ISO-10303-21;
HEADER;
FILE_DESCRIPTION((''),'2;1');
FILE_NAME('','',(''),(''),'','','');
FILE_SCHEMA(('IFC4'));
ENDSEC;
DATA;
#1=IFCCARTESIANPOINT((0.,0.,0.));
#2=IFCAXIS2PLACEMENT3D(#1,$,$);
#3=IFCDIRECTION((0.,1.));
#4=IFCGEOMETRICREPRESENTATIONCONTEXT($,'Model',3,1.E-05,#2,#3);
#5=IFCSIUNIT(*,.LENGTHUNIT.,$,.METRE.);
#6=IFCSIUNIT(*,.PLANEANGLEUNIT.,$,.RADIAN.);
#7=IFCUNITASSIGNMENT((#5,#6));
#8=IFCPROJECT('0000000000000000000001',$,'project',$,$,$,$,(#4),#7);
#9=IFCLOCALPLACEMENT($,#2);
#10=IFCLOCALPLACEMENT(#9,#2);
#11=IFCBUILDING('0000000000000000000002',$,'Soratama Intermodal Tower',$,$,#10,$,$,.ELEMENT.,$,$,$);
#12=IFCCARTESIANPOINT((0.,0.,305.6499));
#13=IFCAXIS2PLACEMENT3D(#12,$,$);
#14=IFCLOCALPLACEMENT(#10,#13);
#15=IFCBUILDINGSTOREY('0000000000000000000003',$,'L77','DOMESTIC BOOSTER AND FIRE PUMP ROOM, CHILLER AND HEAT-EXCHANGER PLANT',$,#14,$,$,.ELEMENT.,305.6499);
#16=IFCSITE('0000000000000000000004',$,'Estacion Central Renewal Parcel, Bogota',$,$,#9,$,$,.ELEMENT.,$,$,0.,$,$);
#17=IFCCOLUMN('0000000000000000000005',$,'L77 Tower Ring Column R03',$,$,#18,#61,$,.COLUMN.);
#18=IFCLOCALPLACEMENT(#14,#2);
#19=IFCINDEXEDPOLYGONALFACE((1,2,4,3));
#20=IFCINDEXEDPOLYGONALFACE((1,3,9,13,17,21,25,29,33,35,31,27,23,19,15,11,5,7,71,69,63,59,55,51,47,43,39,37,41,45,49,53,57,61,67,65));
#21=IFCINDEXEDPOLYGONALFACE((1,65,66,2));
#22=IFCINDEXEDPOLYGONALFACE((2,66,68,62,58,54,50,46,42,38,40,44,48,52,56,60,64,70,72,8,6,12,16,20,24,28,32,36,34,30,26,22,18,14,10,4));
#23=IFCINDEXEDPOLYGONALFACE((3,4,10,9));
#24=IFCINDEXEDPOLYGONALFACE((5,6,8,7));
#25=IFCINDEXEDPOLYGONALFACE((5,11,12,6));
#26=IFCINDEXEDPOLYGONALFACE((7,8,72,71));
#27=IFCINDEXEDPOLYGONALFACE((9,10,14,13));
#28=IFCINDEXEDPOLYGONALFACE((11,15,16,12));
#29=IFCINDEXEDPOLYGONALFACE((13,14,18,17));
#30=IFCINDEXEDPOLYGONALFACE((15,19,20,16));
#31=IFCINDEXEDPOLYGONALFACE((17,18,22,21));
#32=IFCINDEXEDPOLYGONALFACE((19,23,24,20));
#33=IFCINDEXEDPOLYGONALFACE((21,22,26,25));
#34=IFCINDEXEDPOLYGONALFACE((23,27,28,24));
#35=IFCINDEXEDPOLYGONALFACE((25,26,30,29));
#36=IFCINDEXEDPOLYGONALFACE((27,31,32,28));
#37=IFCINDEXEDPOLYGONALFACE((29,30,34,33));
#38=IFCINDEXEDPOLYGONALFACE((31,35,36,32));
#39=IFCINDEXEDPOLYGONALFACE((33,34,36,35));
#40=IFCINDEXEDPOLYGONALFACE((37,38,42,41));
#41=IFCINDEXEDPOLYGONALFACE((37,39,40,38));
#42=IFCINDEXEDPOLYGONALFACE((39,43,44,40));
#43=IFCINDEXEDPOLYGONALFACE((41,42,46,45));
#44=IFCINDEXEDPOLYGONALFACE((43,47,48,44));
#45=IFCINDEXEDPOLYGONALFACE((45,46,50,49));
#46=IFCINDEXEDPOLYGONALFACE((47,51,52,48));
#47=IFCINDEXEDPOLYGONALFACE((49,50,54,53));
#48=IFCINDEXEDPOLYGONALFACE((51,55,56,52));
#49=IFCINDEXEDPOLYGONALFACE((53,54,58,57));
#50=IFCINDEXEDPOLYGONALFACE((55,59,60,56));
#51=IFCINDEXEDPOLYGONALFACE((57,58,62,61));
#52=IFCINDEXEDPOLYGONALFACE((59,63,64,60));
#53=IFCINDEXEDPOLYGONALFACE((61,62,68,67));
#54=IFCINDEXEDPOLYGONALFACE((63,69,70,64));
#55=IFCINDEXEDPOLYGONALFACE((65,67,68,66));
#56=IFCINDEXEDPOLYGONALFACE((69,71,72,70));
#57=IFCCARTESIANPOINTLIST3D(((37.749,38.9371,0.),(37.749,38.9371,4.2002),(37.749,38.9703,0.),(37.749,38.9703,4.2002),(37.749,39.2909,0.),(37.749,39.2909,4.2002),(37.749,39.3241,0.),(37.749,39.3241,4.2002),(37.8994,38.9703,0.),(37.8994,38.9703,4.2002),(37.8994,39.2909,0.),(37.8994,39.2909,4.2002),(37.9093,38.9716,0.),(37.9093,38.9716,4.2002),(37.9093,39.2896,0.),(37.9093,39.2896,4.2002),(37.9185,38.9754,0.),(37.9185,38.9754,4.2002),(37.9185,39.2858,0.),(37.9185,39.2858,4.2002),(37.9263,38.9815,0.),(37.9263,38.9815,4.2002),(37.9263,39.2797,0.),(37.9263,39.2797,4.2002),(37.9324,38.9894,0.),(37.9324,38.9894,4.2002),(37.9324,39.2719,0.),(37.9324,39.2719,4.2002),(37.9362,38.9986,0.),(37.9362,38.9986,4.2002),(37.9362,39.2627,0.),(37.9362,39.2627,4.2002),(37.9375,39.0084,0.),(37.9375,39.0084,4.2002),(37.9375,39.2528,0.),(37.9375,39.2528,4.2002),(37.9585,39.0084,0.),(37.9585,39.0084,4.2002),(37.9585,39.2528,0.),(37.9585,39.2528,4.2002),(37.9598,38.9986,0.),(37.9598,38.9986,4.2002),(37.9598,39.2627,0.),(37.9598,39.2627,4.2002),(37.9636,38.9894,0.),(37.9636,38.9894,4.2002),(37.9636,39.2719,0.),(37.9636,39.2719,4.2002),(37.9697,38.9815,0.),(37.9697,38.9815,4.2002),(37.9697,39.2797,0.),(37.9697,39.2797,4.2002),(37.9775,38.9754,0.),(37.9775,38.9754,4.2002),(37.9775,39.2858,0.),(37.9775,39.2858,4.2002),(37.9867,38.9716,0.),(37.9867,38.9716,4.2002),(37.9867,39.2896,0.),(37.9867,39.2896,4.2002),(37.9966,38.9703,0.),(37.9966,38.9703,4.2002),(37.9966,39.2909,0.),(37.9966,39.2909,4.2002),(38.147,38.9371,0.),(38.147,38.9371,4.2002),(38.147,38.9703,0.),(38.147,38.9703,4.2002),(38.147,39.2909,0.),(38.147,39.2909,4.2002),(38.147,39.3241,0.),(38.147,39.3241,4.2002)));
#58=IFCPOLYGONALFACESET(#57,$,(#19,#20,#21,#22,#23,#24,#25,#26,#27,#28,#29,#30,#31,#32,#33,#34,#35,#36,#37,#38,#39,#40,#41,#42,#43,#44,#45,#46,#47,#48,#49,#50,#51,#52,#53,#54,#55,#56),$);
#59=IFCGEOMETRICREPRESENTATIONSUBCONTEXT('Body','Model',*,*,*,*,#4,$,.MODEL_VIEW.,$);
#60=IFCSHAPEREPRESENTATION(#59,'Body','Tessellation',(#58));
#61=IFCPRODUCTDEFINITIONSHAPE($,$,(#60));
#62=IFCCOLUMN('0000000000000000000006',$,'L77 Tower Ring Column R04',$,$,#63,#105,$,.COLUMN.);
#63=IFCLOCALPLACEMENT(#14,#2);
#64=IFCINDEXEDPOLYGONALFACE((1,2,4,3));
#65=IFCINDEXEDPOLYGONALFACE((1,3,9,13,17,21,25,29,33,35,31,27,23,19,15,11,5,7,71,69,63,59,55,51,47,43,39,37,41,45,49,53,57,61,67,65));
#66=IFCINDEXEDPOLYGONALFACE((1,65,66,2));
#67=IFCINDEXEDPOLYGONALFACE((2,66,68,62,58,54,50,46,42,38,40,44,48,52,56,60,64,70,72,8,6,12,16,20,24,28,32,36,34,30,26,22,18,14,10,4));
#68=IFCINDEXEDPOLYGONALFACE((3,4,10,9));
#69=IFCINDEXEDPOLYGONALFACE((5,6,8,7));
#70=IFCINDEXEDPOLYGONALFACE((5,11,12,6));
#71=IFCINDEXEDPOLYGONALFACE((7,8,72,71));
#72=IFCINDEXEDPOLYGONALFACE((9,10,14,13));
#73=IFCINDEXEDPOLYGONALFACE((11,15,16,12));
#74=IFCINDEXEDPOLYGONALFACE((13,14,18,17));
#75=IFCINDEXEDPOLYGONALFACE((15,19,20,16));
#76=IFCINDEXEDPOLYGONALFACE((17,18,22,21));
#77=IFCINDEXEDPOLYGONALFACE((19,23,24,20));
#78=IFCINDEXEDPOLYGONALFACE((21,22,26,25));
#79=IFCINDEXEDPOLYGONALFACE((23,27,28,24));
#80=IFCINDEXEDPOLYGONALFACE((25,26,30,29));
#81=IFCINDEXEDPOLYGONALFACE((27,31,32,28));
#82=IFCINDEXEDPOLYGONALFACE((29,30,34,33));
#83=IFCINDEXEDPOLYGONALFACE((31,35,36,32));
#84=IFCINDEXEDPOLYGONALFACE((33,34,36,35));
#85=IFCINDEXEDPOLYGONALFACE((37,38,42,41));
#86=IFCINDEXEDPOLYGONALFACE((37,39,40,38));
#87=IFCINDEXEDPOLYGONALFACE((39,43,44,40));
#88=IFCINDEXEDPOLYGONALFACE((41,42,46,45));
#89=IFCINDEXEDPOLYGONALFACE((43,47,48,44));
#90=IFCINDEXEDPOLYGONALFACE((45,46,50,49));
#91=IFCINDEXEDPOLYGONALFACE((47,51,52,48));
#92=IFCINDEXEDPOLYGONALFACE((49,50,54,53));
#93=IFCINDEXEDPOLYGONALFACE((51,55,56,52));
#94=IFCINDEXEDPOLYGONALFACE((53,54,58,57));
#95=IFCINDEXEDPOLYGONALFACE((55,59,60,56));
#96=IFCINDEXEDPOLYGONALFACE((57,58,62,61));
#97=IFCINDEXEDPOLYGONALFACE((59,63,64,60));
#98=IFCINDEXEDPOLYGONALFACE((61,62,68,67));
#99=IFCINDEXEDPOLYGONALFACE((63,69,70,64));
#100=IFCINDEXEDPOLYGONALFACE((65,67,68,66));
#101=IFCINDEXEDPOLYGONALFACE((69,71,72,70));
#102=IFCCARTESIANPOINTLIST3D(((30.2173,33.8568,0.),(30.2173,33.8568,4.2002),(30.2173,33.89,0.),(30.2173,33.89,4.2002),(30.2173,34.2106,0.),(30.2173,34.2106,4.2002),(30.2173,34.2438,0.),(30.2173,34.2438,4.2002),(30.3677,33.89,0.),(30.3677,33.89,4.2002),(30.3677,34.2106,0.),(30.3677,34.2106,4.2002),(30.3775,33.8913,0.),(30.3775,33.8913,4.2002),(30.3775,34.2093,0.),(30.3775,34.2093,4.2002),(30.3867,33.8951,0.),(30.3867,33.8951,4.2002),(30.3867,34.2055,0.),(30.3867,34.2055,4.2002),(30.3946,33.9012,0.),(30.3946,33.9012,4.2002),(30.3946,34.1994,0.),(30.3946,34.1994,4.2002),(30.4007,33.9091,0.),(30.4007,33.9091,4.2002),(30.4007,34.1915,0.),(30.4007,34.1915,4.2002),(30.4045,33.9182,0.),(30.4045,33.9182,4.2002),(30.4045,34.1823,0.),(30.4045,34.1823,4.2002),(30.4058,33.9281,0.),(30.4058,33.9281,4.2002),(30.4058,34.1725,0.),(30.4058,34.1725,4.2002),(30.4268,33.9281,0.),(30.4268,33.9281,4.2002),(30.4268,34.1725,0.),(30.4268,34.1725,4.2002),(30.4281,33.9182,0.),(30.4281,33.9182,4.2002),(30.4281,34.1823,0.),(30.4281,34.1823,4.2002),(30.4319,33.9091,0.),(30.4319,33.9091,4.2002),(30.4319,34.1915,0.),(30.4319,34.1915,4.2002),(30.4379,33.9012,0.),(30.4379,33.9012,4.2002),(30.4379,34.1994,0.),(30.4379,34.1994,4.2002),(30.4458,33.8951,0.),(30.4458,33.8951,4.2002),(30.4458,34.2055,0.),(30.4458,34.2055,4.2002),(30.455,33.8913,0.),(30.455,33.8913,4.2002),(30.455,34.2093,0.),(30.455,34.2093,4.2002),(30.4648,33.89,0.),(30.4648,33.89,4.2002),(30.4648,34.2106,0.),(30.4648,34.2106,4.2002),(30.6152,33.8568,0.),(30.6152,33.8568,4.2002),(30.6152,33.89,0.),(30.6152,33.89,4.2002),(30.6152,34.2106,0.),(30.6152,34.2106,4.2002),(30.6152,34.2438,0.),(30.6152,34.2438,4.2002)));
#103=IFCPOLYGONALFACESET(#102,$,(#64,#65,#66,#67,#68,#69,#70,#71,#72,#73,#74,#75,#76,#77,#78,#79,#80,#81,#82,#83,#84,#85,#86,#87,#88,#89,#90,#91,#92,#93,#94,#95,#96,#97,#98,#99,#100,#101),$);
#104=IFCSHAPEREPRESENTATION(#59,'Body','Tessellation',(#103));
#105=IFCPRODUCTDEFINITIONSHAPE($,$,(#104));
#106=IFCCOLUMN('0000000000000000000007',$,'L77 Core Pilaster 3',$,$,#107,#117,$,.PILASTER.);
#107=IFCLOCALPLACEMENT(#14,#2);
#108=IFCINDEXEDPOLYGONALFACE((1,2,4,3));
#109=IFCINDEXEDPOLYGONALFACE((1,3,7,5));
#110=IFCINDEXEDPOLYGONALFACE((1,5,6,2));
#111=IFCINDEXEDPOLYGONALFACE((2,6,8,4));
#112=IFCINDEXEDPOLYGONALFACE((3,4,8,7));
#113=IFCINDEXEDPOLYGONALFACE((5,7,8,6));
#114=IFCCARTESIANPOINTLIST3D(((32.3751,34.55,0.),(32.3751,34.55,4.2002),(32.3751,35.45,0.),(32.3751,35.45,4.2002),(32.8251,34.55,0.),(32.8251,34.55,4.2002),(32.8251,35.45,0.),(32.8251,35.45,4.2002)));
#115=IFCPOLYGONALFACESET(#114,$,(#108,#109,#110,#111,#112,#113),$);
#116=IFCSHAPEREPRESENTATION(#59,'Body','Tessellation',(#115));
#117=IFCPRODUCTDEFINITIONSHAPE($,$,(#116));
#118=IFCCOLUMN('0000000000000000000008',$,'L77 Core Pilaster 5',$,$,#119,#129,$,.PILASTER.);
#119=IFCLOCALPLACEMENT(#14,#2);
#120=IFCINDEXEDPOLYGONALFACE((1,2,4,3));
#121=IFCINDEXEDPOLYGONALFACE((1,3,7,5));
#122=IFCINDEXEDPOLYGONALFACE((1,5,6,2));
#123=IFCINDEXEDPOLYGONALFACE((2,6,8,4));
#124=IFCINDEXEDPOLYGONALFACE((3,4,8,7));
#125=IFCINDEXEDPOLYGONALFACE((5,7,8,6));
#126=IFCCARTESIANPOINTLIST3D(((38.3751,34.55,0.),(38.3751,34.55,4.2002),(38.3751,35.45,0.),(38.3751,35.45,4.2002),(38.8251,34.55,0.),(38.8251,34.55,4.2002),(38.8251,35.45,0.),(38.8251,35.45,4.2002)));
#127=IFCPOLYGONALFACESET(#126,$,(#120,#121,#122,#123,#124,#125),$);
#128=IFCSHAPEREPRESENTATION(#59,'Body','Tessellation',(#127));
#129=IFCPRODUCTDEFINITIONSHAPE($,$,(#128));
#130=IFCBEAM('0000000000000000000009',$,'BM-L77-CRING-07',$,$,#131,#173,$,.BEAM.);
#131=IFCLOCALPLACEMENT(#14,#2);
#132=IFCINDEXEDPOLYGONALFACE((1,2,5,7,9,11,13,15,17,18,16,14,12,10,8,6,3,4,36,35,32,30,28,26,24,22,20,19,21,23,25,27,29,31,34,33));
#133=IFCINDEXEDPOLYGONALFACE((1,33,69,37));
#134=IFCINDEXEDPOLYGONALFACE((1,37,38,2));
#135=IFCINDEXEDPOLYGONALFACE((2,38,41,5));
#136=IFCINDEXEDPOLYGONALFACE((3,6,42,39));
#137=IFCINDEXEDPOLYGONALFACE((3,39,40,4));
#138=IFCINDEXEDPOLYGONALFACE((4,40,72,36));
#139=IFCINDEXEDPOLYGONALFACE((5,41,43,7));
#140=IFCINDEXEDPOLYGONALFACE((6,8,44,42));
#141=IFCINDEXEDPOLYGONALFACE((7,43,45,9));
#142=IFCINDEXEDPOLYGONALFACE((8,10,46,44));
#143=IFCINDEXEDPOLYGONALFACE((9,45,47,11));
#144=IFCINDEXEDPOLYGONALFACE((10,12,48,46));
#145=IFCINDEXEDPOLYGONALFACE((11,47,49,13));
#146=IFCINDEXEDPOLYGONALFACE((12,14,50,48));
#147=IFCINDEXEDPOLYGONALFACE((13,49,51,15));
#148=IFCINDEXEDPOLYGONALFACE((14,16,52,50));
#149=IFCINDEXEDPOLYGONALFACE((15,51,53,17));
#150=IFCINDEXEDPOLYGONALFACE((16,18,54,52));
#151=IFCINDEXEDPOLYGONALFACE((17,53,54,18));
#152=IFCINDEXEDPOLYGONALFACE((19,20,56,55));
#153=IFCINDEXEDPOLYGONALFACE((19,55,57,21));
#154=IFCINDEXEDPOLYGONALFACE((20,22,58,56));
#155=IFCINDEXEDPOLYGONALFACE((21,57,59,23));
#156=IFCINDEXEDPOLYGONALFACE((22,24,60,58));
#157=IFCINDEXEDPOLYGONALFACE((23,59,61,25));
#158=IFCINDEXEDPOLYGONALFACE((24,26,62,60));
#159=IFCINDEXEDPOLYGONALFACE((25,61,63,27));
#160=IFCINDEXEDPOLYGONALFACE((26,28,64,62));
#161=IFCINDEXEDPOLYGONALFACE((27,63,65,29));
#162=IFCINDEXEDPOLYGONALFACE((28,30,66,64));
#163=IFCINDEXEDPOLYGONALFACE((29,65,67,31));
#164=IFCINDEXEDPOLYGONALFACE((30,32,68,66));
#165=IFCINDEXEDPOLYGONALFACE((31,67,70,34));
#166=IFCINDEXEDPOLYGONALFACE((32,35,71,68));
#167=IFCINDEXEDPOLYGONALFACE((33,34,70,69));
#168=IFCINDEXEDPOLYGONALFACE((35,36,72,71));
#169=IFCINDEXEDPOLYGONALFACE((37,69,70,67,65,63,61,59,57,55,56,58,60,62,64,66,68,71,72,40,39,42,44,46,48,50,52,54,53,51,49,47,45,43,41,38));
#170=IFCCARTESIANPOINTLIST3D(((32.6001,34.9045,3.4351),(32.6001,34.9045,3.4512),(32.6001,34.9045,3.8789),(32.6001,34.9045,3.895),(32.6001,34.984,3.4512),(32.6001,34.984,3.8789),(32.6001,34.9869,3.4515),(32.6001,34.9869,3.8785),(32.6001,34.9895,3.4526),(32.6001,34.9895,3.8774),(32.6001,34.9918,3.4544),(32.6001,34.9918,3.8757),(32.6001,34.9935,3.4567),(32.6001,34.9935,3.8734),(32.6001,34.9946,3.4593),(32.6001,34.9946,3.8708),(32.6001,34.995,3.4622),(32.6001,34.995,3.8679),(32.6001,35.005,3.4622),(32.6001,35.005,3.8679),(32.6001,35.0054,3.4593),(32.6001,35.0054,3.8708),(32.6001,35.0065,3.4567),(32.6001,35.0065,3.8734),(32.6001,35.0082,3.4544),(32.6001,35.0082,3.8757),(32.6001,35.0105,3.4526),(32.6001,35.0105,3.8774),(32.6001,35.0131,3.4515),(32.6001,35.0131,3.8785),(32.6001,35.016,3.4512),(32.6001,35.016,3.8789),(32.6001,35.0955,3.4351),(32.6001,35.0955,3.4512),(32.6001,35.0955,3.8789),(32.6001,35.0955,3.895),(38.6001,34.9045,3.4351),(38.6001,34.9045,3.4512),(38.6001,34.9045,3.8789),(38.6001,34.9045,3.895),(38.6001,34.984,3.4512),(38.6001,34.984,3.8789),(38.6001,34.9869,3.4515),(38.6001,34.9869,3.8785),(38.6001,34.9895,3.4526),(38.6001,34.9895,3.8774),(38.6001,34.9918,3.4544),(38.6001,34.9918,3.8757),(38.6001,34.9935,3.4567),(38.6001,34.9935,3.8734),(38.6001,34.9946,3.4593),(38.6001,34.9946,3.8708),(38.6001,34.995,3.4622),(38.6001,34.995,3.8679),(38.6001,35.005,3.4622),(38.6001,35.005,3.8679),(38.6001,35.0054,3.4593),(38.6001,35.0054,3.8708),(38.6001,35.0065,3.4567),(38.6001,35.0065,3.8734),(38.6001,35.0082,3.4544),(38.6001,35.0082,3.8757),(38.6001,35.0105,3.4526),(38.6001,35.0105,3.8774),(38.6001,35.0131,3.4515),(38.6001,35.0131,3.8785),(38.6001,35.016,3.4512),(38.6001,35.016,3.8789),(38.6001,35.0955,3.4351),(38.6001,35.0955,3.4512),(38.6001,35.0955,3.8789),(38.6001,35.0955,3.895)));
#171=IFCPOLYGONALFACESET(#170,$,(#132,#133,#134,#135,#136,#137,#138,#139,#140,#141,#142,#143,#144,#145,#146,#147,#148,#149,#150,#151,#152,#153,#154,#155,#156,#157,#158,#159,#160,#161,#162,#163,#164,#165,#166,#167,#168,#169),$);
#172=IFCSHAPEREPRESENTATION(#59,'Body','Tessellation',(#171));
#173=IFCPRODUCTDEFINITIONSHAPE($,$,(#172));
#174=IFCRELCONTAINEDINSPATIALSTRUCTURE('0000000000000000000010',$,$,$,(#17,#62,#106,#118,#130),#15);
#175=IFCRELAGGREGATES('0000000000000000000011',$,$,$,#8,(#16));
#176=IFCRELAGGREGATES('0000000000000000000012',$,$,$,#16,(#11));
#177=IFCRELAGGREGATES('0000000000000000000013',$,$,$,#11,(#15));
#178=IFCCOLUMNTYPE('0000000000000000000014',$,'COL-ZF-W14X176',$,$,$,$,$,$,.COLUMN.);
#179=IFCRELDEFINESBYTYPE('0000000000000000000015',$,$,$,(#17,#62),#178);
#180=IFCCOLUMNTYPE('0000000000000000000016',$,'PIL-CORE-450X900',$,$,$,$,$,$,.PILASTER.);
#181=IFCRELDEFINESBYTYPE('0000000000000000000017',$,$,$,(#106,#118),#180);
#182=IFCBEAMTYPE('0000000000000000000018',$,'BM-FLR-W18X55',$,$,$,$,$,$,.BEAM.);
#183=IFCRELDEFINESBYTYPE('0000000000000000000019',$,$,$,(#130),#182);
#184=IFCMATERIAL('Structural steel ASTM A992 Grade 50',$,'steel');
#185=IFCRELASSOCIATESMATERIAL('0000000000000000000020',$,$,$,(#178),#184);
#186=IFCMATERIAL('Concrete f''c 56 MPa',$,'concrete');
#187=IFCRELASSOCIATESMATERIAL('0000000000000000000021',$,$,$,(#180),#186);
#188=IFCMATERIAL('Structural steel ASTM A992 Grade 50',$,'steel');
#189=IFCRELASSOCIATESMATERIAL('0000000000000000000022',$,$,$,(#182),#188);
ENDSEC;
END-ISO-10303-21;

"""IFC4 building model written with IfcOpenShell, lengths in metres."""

from ifc_helpers import new_model, si_unit, direction, frame, origin, origin_2d, place, context, subcontext, project, spatial, rectangle, i_section, extrude, material, material_profile, profile_set, type_object, element, save


model = new_model("IFC4")

# Units and contexts
model_context = context("Model", 3, precision=1e-05, world=origin(), true_north=direction((0.0, 1.0)))
body_context = subcontext(model_context, "Body", "Model", "MODEL_VIEW")
ifc_project = project(units=[si_unit("LENGTHUNIT", "METRE"), si_unit("PLANEANGLEUNIT", "RADIAN")], contexts=[model_context])

# Site, building, storey
site_placement = place(None, origin())
site = spatial("IfcSite", under=ifc_project, at=site_placement, Name="Estacion Central Renewal Parcel, Bogota", CompositionType="ELEMENT", RefElevation=0.0)
building_placement = place(site_placement, origin())
building = spatial("IfcBuilding", under=site, at=building_placement, Name="Soratama Intermodal Tower", CompositionType="ELEMENT")
storey_placement = place(building_placement, frame((0.0, 0.0, 305.6499)))
storey = spatial("IfcBuildingStorey", under=building, at=storey_placement, Name="L77", Description="DOMESTIC BOOSTER AND FIRE PUMP ROOM, CHILLER AND HEAT-EXCHANGER PLANT", CompositionType="ELEMENT", Elevation=305.6499)

# Columns
ifc_material_1 = material(Name="Structural steel ASTM A992 Grade 50", Category="steel")
ifc_material_profile_1 = material_profile(ifc_material_1, i_section(OverallWidth=0.3979, OverallDepth=0.387, WebThickness=0.021, FlangeThickness=0.0332, FilletRadius=0.0381, at=origin_2d()), Name="W14X176")
ifc_profile_set_1 = profile_set([ifc_material_profile_1], Name="Structural steel ASTM A992 Grade 50")
column_type_1 = type_object("IfcColumnType", Name="COL-ZF-W14X176", PredefinedType="COLUMN", material=ifc_profile_set_1)
for number, where, z_axis, x_axis, name in (
    (1, (37.948, 39.1306, 0.0), (0.0, 0.0, 1.0), (1.0, 0.0, 0.0), "L77 Tower Ring Column R03"),
    (2, (30.4163, 34.0503, 0.0), (0.0, 0.0, 1.0), (1.0, 0.0, 0.0), "L77 Tower Ring Column R04"),
):
    element("IfcColumn", number, at=place(storey_placement, frame(where, z_axis=z_axis, x_axis=x_axis)), inside=storey, type_object=column_type_1, Name=name, PredefinedType="COLUMN", context=body_context, shape_type="SweptSolid", body=[
        extrude(i_section(OverallWidth=0.3979, OverallDepth=0.387, WebThickness=0.021, FlangeThickness=0.0332, FilletRadius=0.0381, at=origin_2d()), origin(), (0.0, 0.0, 1.0), 4.2002),
    ])
ifc_material_2 = material(Name="Concrete f'c 56 MPa", Category="concrete")
ifc_material_profile_2 = material_profile(ifc_material_2, rectangle(XDim=0.45, YDim=0.8999, at=origin_2d()), Name="RC450X900")
ifc_profile_set_2 = profile_set([ifc_material_profile_2], Name="Concrete f'c 56 MPa")
column_type_2 = type_object("IfcColumnType", Name="PIL-CORE-450X900", PredefinedType="PILASTER", material=ifc_profile_set_2)
for number, where, z_axis, x_axis, name in (
    (3, (32.6001, 35.0, 0.0), (0.0, 0.0, 1.0), (1.0, 0.0, 0.0), "L77 Core Pilaster 3"),
    (4, (38.6001, 35.0, 0.0), (0.0, 0.0, 1.0), (1.0, 0.0, 0.0), "L77 Core Pilaster 5"),
):
    element("IfcColumn", number, at=place(storey_placement, frame(where, z_axis=z_axis, x_axis=x_axis)), inside=storey, type_object=column_type_2, Name=name, PredefinedType="PILASTER", context=body_context, shape_type="SweptSolid", body=[
        extrude(rectangle(XDim=0.45, YDim=0.8999, at=origin_2d()), origin(), (0.0, 0.0, 1.0), 4.2002),
    ])

# Beam
ifc_material_3 = material(Name="Structural steel ASTM A992 Grade 50", Category="steel")
ifc_material_profile_3 = material_profile(ifc_material_3, i_section(OverallWidth=0.1909, OverallDepth=0.46, WebThickness=0.01, FlangeThickness=0.0161, FilletRadius=0.011, at=origin_2d()), Name="W18X55")
ifc_profile_set_3 = profile_set([ifc_material_profile_3], Name="Structural steel ASTM A992 Grade 50")
beam_type_1 = type_object("IfcBeamType", Name="BM-FLR-W18X55", PredefinedType="BEAM", material=ifc_profile_set_3)
beam_1_placement = place(storey_placement, frame((38.6001, 35.0, 3.665), z_axis=(-1.0, 0.0, 0.0), x_axis=(0.0, -1.0, 0.0)))
element("IfcBeam", 5, at=beam_1_placement, inside=storey, type_object=beam_type_1, Name="BM-L77-CRING-07", PredefinedType="BEAM", context=body_context, shape_type="SweptSolid", body=[
    extrude(i_section(OverallWidth=0.1909, OverallDepth=0.46, WebThickness=0.01, FlangeThickness=0.0161, FilletRadius=0.011, at=origin_2d()), origin(), (0.0, 0.0, 1.0), 6.0),
])

save(model, "model.ifc")
